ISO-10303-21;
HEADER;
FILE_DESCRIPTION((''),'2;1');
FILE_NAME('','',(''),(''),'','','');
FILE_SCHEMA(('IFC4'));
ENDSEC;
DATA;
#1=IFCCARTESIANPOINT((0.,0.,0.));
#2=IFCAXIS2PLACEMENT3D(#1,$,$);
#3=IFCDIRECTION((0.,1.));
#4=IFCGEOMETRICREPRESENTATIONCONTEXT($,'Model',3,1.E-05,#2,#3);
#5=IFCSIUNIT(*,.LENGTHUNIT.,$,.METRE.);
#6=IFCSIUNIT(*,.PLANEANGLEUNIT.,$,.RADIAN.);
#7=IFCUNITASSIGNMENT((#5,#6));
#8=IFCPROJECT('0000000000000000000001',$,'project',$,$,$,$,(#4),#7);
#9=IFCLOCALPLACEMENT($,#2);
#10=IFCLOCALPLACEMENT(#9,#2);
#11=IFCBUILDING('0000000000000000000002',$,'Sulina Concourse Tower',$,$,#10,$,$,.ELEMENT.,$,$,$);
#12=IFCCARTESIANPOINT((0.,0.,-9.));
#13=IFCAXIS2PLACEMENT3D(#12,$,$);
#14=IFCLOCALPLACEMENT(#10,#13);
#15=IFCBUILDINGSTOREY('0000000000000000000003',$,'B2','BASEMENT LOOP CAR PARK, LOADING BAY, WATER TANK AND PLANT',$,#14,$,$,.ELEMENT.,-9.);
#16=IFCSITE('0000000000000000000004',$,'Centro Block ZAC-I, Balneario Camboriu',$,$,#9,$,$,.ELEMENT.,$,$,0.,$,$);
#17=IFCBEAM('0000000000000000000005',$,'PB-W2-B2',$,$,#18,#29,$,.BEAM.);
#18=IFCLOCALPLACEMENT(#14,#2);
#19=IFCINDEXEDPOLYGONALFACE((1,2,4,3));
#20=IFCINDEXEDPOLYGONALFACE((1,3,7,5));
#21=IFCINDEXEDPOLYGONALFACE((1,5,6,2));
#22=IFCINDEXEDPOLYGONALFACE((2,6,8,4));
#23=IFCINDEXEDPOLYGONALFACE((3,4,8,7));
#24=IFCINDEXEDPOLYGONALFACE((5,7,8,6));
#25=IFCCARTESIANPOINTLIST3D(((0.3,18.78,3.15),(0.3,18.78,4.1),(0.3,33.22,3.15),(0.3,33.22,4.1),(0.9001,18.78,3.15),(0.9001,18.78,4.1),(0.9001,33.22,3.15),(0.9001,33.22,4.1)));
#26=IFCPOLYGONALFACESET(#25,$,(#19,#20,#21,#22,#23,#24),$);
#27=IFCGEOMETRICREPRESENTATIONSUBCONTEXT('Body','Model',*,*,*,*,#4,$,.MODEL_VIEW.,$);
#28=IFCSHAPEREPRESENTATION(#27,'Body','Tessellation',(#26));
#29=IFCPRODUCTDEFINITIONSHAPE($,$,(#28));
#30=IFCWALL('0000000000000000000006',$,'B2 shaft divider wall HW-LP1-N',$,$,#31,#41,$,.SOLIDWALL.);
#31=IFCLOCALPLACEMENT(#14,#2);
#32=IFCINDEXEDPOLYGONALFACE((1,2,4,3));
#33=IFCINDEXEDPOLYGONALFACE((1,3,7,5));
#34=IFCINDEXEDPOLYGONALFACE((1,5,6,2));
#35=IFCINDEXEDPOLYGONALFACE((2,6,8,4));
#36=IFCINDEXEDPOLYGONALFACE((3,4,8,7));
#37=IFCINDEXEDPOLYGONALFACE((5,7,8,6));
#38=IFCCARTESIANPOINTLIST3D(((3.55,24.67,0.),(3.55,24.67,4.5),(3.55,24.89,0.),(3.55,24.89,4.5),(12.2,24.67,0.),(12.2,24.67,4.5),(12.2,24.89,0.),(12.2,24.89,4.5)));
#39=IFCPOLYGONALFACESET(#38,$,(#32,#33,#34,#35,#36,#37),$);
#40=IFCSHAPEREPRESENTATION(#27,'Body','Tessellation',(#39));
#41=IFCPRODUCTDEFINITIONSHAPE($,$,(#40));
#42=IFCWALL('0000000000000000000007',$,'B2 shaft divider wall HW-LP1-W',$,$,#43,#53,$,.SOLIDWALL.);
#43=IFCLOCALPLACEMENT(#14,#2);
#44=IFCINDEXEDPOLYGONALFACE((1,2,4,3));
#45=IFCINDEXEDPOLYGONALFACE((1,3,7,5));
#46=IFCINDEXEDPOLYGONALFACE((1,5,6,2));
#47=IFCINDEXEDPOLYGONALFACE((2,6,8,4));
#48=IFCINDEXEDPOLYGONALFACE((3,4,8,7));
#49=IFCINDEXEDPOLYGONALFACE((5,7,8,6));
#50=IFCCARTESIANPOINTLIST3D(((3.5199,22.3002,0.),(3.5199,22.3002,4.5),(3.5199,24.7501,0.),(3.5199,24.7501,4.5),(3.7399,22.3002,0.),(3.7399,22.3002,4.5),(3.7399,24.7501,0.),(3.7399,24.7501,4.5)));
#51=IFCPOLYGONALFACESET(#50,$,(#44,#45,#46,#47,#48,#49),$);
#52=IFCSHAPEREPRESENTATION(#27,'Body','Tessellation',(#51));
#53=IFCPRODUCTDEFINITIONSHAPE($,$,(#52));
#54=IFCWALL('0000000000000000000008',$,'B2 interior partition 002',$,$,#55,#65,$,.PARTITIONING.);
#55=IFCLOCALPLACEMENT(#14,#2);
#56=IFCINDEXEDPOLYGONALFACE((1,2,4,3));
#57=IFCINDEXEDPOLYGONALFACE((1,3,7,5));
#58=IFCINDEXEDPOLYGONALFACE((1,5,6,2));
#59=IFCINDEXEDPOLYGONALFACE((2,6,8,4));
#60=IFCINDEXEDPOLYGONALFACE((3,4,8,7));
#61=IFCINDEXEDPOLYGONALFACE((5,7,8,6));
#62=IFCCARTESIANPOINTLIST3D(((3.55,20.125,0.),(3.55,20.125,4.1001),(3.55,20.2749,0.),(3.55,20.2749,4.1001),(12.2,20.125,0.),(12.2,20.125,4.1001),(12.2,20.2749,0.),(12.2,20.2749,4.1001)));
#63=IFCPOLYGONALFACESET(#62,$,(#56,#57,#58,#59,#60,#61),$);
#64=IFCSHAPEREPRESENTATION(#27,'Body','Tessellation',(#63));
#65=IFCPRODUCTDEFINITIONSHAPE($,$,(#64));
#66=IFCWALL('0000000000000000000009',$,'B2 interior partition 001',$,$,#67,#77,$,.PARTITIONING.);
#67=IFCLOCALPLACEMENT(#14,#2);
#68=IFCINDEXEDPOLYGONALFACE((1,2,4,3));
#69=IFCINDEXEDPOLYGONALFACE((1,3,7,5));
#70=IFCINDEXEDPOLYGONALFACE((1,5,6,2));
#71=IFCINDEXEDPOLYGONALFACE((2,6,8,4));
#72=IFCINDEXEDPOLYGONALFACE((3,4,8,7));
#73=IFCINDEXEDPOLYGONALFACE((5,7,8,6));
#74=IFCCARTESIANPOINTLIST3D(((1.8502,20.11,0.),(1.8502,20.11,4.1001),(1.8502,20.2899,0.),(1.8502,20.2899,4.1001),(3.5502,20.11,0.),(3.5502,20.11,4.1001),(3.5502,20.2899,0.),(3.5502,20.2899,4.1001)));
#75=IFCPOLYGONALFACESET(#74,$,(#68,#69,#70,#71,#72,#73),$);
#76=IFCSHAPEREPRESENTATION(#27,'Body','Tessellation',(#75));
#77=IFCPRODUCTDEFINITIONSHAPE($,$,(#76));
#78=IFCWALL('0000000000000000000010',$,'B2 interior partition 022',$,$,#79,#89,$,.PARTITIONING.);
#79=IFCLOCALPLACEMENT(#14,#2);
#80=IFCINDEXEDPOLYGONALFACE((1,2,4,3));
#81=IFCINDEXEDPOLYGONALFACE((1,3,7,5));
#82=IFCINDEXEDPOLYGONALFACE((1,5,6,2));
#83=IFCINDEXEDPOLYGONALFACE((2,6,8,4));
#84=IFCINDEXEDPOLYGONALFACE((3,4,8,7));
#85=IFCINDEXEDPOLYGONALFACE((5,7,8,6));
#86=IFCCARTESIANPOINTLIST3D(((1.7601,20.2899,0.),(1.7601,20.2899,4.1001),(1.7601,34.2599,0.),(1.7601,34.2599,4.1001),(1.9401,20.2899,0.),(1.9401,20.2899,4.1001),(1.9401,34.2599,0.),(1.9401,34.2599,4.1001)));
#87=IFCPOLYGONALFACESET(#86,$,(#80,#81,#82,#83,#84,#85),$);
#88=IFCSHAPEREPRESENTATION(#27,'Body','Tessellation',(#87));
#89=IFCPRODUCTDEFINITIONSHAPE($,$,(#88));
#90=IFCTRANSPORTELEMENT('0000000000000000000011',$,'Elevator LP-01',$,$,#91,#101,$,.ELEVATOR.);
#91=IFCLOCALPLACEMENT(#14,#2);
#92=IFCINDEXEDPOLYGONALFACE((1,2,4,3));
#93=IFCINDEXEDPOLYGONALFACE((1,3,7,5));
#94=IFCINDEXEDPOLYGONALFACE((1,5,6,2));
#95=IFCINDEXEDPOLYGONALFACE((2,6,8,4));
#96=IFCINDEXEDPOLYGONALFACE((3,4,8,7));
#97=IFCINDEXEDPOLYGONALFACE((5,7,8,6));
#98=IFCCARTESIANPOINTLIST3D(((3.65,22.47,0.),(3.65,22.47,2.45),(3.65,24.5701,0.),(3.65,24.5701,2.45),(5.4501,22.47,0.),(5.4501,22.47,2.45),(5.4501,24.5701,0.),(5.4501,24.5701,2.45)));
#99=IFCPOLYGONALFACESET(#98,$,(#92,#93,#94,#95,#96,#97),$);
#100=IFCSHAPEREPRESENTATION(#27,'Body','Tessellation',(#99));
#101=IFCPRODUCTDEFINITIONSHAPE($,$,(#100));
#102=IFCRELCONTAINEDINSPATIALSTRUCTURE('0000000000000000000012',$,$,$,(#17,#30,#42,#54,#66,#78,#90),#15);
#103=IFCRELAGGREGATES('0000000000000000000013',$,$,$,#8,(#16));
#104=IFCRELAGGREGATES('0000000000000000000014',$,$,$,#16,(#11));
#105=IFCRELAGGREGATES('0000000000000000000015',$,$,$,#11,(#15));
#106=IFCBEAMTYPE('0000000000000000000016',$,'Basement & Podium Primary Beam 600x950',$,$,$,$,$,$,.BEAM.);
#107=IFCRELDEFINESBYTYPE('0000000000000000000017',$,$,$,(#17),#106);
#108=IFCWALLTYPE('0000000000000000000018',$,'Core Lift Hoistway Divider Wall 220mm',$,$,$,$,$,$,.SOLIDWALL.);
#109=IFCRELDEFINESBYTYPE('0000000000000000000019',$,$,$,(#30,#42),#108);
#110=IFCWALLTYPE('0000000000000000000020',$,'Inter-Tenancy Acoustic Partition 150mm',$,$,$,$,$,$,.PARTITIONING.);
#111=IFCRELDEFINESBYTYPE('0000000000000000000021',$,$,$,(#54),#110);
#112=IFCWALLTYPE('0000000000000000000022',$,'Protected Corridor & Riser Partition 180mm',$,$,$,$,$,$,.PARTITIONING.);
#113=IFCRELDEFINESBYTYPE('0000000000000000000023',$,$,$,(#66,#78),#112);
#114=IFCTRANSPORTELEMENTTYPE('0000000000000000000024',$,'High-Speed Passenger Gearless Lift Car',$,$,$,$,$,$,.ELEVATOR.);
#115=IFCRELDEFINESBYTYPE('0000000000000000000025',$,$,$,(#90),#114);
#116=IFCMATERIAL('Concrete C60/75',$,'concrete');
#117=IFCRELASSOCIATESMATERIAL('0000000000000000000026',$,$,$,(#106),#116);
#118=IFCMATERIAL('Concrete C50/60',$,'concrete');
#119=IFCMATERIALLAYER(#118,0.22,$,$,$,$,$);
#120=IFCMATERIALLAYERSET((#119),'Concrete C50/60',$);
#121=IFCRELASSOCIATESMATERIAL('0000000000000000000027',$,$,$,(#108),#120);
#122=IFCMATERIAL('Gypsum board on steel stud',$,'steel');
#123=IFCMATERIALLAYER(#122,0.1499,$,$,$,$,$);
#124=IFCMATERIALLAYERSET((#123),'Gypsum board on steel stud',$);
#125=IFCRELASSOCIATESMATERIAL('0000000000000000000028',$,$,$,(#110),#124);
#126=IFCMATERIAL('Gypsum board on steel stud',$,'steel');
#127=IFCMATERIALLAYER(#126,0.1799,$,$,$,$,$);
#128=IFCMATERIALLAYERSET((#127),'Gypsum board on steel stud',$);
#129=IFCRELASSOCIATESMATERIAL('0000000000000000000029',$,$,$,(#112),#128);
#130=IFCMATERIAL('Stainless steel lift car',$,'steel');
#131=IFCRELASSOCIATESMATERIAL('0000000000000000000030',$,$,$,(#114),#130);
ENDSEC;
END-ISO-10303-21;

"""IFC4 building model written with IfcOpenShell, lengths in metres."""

from ifc_helpers import new_model, si_unit, direction, frame, frame_2d, origin, origin_2d, place, context, subcontext, project, spatial, rectangle, extrude, material, layer, layer_set, material_profile, profile_set, type_object, element, save


model = new_model("IFC4")

# Units and contexts
model_context = context("Model", 3, precision=1e-05, world=origin(), true_north=direction((0.0, 1.0)))
body_context = subcontext(model_context, "Body", "Model", "MODEL_VIEW")
ifc_project = project(units=[si_unit("LENGTHUNIT", "METRE"), si_unit("PLANEANGLEUNIT", "RADIAN")], contexts=[model_context])

# Site, building, storey
site_placement = place(None, origin())
site = spatial("IfcSite", under=ifc_project, at=site_placement, Name="Centro Block ZAC-I, Balneario Camboriu", CompositionType="ELEMENT", RefElevation=0.0)
building_placement = place(site_placement, origin())
building = spatial("IfcBuilding", under=site, at=building_placement, Name="Sulina Concourse Tower", CompositionType="ELEMENT")
storey_placement = place(building_placement, frame((0.0, 0.0, -9.0)))
storey = spatial("IfcBuildingStorey", under=building, at=storey_placement, Name="B2", Description="BASEMENT LOOP CAR PARK, LOADING BAY, WATER TANK AND PLANT", CompositionType="ELEMENT", Elevation=-9.0)

# Beam
ifc_material_1 = material(Name="Concrete C60/75", Category="concrete")
ifc_material_profile_1 = material_profile(ifc_material_1, rectangle(XDim=0.6001, YDim=0.95, at=origin_2d()), Name="RC 600x950")
ifc_profile_set_1 = profile_set([ifc_material_profile_1], Name="Concrete C60/75")
beam_type = type_object("IfcBeamType", Name="Basement & Podium Primary Beam 600x950", PredefinedType="BEAM", material=ifc_profile_set_1)
beam_1_placement = place(storey_placement, frame((0.6001, 18.78, 3.625), z_axis=(0.0, 1.0, 0.0), x_axis=(-1.0, 0.0, 0.0)))
element("IfcBeam", 1, at=beam_1_placement, inside=storey, type_object=beam_type, Name="PB-W2-B2", PredefinedType="BEAM", context=body_context, shape_type="SweptSolid", body=[
    extrude(rectangle(XDim=0.6001, YDim=0.95, at=origin_2d()), origin(), (0.0, 0.0, 1.0), 14.4399),
])

# Walls
ifc_material_2 = material(Name="Concrete C50/60", Category="concrete")
ifc_layer_1 = layer(ifc_material_2, 0.22)
ifc_layer_set_1 = layer_set([ifc_layer_1], Name="Concrete C50/60")
wall_type_1 = type_object("IfcWallType", Name="Core Lift Hoistway Divider Wall 220mm", PredefinedType="SOLIDWALL", material=ifc_layer_set_1)
wall_1_placement = place(storey_placement, frame((3.55, 24.78, 0.0), z_axis=(0.0, 0.0, 1.0), x_axis=(1.0, 0.0, 0.0)))
element("IfcWall", 2, at=wall_1_placement, inside=storey, type_object=wall_type_1, Name="B2 shaft divider wall HW-LP1-N", PredefinedType="SOLIDWALL", context=body_context, shape_type="SweptSolid", body=[
    extrude(rectangle(XDim=8.6499, YDim=0.22, at=frame_2d((4.325, 0.0))), origin(), (0.0, 0.0, 1.0), 4.5),
])
wall_2_placement = place(storey_placement, frame((3.6299, 22.3, 0.0), z_axis=(0.0, 0.0, 1.0), x_axis=(0.0, 1.0, 0.0)))
element("IfcWall", 3, at=wall_2_placement, inside=storey, type_object=wall_type_1, Name="B2 shaft divider wall HW-LP1-W", PredefinedType="SOLIDWALL", context=body_context, shape_type="SweptSolid", body=[
    extrude(rectangle(XDim=2.45, YDim=0.22, at=frame_2d((1.2251, 0.0))), origin(), (0.0, 0.0, 1.0), 4.5),
])
ifc_material_3 = material(Name="Gypsum board on steel stud", Category="steel")
ifc_layer_2 = layer(ifc_material_3, 0.1499)
ifc_layer_set_2 = layer_set([ifc_layer_2], Name="Gypsum board on steel stud")
wall_type_2 = type_object("IfcWallType", Name="Inter-Tenancy Acoustic Partition 150mm", PredefinedType="PARTITIONING", material=ifc_layer_set_2)
wall_3_placement = place(storey_placement, frame((3.55, 20.2, 0.0), z_axis=(0.0, 0.0, 1.0), x_axis=(1.0, 0.0, 0.0)))
element("IfcWall", 4, at=wall_3_placement, inside=storey, type_object=wall_type_2, Name="B2 interior partition 002", PredefinedType="PARTITIONING", context=body_context, shape_type="SweptSolid", body=[
    extrude(rectangle(XDim=8.6499, YDim=0.1499, at=frame_2d((4.325, 0.0))), origin(), (0.0, 0.0, 1.0), 4.1001),
])
ifc_material_4 = material(Name="Gypsum board on steel stud", Category="steel")
ifc_layer_3 = layer(ifc_material_4, 0.1799)
ifc_layer_set_3 = layer_set([ifc_layer_3], Name="Gypsum board on steel stud")
wall_type_3 = type_object("IfcWallType", Name="Protected Corridor & Riser Partition 180mm", PredefinedType="PARTITIONING", material=ifc_layer_set_3)
wall_4_placement = place(storey_placement, frame((1.8501, 20.2, 0.0), z_axis=(0.0, 0.0, 1.0), x_axis=(1.0, 0.0, 0.0)))
element("IfcWall", 5, at=wall_4_placement, inside=storey, type_object=wall_type_3, Name="B2 interior partition 001", PredefinedType="PARTITIONING", context=body_context, shape_type="SweptSolid", body=[
    extrude(rectangle(XDim=1.7, YDim=0.1799, at=frame_2d((0.8501, 0.0))), origin(), (0.0, 0.0, 1.0), 4.1001),
])
wall_5_placement = place(storey_placement, frame((1.8501, 20.29, 0.0), z_axis=(0.0, 0.0, 1.0), x_axis=(0.0, 1.0, 0.0)))
element("IfcWall", 6, at=wall_5_placement, inside=storey, type_object=wall_type_3, Name="B2 interior partition 022", PredefinedType="PARTITIONING", context=body_context, shape_type="SweptSolid", body=[
    extrude(rectangle(XDim=13.97, YDim=0.1799, at=frame_2d((6.9849, 0.0))), origin(), (0.0, 0.0, 1.0), 4.1001),
])

# Transport element
ifc_material_5 = material(Name="Stainless steel lift car", Category="steel")
transport_element_type = type_object("IfcTransportElementType", Name="High-Speed Passenger Gearless Lift Car", PredefinedType="ELEVATOR", material=ifc_material_5)
transport_element_placement = place(storey_placement, frame((4.55, 23.52, 0.0), z_axis=(0.0, 0.0, 1.0), x_axis=(1.0, 0.0, 0.0)))
element("IfcTransportElement", 7, at=transport_element_placement, inside=storey, type_object=transport_element_type, Name="Elevator LP-01", PredefinedType="ELEVATOR", context=body_context, shape_type="SweptSolid", body=[
    extrude(rectangle(XDim=1.8, YDim=2.1001, at=origin_2d()), origin(), (0.0, 0.0, 1.0), 2.45),
])

save(model, "model.ifc")
